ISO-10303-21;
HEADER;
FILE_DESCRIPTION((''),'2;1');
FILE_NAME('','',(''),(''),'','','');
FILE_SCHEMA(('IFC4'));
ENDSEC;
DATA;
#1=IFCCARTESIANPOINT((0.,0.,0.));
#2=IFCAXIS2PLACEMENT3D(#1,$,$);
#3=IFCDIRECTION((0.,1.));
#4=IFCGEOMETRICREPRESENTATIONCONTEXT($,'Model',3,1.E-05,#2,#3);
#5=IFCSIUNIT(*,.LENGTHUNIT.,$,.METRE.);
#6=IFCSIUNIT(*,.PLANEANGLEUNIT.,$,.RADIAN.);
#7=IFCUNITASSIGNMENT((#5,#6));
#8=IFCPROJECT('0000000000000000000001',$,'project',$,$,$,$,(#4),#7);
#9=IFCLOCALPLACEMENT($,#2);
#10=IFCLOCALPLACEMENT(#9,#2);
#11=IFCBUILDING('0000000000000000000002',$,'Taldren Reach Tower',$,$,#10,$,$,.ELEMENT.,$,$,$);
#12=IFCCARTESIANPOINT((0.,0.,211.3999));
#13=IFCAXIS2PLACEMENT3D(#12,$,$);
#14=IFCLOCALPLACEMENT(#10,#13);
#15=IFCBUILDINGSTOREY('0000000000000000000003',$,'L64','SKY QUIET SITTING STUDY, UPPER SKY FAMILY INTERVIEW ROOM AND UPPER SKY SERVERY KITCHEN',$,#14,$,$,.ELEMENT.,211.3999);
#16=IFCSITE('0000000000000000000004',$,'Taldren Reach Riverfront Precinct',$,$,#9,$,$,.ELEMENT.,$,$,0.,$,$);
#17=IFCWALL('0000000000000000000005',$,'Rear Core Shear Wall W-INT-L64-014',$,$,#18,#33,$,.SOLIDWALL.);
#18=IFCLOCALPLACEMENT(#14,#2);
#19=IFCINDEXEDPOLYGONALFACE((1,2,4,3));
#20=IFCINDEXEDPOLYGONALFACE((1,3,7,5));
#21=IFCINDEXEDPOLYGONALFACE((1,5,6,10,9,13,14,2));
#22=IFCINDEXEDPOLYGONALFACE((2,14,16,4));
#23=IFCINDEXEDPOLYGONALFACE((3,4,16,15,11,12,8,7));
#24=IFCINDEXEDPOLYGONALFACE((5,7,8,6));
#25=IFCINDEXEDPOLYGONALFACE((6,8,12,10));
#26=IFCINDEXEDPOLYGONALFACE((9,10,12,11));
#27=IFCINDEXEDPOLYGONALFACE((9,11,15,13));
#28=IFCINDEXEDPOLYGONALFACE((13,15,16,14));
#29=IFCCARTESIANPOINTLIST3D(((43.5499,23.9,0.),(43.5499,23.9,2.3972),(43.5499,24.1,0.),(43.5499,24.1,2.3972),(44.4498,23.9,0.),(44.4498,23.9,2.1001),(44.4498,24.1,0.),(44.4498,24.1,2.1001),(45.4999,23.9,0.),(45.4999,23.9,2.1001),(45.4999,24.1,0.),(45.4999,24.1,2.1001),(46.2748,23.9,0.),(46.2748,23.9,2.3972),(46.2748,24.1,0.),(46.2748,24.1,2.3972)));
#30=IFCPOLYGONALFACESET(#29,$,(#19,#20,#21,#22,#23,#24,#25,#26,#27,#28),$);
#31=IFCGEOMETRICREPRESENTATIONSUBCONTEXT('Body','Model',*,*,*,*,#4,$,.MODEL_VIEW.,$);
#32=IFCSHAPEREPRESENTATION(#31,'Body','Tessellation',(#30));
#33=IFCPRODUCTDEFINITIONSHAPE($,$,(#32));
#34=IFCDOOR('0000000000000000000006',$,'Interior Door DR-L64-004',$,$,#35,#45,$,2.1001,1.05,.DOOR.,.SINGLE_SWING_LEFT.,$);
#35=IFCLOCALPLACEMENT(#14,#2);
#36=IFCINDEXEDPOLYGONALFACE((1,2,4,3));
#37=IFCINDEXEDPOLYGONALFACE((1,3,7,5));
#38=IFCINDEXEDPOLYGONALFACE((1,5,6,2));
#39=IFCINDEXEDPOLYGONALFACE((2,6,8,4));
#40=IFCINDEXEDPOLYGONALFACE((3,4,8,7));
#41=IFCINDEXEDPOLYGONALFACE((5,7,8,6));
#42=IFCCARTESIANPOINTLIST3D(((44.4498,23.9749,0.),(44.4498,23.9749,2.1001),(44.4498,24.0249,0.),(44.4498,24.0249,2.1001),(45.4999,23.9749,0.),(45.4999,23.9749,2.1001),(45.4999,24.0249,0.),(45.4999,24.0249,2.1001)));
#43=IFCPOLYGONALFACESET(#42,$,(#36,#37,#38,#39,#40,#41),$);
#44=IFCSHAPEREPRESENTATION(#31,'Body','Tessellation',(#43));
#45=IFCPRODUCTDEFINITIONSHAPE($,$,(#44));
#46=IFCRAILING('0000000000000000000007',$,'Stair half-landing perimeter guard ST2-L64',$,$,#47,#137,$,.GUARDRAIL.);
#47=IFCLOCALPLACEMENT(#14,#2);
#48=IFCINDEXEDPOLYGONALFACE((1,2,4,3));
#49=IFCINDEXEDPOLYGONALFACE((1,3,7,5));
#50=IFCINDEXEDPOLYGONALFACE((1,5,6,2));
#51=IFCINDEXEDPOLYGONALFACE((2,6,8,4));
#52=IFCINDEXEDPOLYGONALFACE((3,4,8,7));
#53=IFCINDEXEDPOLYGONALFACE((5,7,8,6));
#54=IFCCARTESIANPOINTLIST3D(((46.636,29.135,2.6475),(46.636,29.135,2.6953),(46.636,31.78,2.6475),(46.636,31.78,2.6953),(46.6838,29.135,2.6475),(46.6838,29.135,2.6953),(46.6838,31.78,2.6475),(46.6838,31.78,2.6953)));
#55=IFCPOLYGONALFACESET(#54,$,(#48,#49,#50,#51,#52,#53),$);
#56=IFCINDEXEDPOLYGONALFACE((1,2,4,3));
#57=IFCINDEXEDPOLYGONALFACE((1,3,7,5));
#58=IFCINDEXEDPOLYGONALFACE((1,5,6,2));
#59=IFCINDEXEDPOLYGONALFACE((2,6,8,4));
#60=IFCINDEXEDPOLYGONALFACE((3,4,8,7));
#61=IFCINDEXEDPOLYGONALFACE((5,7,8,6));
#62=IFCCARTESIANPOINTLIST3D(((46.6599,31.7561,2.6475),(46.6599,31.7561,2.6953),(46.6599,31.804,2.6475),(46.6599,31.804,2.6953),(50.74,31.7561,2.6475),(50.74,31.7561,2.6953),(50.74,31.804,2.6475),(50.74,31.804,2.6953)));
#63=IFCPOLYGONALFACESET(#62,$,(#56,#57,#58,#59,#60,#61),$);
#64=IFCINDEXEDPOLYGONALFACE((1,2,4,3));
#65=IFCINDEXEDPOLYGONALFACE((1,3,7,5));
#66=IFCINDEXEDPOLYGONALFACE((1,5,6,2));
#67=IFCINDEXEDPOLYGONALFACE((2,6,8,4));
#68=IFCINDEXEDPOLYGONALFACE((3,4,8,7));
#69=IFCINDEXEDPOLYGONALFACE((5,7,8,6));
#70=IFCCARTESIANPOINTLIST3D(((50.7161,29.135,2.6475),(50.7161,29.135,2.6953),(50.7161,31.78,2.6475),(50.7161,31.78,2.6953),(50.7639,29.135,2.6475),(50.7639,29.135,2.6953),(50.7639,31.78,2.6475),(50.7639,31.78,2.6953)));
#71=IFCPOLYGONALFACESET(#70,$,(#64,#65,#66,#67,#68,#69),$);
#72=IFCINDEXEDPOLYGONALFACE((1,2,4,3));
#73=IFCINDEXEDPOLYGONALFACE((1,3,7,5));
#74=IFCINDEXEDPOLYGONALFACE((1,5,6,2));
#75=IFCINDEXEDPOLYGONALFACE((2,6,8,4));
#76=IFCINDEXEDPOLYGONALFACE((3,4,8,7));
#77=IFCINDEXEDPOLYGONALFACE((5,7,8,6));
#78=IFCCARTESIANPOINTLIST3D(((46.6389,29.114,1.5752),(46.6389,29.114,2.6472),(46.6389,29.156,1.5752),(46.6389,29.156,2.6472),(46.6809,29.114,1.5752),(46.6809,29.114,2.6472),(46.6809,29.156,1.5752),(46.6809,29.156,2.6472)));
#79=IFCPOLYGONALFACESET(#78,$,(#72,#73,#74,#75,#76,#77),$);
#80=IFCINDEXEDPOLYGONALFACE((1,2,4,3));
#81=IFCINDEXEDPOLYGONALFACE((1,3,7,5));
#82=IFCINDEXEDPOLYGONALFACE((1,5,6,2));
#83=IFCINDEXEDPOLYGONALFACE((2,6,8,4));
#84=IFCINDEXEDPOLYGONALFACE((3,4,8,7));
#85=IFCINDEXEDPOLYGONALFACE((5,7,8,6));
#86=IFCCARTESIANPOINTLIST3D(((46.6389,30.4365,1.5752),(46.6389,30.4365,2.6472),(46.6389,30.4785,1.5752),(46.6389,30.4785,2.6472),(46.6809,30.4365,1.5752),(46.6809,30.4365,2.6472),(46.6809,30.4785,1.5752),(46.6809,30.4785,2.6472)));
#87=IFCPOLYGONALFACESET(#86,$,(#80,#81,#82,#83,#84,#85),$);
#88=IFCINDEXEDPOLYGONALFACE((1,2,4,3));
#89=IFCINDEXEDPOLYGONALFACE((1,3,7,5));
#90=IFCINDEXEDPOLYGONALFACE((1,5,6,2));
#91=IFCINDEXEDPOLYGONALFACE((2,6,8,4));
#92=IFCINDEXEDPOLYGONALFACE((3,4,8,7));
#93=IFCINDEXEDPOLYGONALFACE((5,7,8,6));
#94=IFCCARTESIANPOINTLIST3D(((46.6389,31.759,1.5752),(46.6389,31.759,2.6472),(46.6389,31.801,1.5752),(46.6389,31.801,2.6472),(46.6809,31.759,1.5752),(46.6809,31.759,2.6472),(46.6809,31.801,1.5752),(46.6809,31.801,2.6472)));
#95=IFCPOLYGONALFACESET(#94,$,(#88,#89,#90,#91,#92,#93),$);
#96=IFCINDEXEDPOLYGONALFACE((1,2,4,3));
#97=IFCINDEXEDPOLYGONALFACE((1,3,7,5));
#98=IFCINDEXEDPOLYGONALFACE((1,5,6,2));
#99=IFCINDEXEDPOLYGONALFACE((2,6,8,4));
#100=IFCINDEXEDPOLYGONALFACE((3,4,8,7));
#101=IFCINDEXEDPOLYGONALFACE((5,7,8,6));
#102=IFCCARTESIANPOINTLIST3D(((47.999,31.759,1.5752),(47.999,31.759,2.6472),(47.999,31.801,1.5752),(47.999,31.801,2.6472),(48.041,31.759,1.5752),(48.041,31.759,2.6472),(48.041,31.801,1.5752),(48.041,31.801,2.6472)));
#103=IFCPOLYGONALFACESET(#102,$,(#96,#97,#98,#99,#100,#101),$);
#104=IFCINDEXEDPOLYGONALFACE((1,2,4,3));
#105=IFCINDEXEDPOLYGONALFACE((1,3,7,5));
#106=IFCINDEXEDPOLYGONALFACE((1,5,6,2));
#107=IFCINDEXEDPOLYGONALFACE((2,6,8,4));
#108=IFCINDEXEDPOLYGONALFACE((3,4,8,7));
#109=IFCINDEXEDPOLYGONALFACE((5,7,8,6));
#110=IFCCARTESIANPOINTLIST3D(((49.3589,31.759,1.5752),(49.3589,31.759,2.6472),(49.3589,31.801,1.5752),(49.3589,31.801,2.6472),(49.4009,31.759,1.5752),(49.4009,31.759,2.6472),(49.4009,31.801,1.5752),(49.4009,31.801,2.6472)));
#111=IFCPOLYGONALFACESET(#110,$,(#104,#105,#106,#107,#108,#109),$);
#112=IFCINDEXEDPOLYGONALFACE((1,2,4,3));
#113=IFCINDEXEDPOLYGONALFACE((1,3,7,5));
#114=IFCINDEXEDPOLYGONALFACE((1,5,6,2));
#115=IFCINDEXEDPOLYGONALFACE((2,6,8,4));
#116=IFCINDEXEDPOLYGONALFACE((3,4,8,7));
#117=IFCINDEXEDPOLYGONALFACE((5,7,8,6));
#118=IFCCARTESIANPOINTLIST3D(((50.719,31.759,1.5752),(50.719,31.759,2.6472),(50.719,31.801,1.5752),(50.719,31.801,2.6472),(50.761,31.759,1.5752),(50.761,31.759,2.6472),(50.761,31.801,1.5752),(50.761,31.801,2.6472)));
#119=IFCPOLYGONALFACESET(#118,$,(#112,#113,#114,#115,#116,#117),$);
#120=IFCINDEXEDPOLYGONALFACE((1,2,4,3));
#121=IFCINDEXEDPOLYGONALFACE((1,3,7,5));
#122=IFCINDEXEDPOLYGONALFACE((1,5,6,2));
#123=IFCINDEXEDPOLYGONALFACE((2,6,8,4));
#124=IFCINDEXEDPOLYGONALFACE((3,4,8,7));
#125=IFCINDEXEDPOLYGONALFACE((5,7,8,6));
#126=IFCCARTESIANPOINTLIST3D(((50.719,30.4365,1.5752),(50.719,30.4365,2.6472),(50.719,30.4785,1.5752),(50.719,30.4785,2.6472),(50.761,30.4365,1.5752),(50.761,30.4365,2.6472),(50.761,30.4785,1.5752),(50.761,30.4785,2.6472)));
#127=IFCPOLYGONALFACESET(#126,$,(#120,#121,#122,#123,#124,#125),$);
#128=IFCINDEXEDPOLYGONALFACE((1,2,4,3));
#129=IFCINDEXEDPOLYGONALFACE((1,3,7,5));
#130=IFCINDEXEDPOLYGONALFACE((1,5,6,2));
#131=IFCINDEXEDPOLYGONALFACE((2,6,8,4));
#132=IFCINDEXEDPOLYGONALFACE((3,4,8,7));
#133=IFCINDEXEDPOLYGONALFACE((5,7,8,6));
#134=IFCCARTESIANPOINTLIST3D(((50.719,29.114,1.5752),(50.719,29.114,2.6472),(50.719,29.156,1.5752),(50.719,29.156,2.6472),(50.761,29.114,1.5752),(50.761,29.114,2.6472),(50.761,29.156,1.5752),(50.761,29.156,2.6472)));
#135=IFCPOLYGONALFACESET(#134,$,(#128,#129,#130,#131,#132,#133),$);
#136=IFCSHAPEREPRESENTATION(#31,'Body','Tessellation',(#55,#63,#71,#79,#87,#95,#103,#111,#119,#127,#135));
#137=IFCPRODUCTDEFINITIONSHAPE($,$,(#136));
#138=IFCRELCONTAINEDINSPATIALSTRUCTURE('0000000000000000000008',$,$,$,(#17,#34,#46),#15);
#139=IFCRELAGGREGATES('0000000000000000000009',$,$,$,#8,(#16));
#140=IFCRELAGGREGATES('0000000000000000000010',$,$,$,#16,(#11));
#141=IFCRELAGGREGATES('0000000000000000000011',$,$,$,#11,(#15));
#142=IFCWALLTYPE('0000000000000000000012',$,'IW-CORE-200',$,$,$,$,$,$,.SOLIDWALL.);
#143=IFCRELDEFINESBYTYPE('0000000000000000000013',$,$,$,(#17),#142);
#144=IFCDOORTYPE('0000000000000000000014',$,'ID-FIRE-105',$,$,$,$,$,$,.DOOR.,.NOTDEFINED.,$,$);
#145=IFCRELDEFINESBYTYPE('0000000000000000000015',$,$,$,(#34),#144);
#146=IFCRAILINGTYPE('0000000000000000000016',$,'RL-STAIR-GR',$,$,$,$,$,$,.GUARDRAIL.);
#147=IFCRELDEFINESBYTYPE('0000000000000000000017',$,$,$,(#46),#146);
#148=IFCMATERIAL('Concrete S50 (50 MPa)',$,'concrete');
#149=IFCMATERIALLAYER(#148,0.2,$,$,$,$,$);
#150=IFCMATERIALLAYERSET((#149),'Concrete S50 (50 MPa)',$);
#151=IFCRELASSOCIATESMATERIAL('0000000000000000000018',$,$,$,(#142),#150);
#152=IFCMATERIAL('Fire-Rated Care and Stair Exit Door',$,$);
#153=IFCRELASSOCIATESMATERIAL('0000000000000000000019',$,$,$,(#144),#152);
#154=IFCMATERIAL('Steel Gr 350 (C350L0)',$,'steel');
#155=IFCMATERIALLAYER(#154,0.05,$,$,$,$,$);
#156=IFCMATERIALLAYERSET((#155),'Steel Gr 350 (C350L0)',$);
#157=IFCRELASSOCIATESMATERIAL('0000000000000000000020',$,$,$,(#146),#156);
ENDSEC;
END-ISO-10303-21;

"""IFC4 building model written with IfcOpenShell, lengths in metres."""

from ifc_helpers import new_model, si_unit, direction, frame, frame_2d, origin, origin_2d, place, context, subcontext, project, spatial, rectangle, extrude, source, transform, mapped, material, layer, layer_set, type_object, element, fill, save


model = new_model("IFC4")

# Units and contexts
model_context = context("Model", 3, precision=1e-05, world=origin(), true_north=direction((0.0, 1.0)))
body_context = subcontext(model_context, "Body", "Model", "MODEL_VIEW")
ifc_project = project(units=[si_unit("LENGTHUNIT", "METRE"), si_unit("PLANEANGLEUNIT", "RADIAN")], contexts=[model_context])

# Site, building, storey
site_placement = place(None, origin())
site = spatial("IfcSite", under=ifc_project, at=site_placement, Name="Taldren Reach Riverfront Precinct", CompositionType="ELEMENT", RefElevation=0.0)
building_placement = place(site_placement, origin())
building = spatial("IfcBuilding", under=site, at=building_placement, Name="Taldren Reach Tower", CompositionType="ELEMENT")
storey_placement = place(building_placement, frame((0.0, 0.0, 211.3999)))
storey = spatial("IfcBuildingStorey", under=building, at=storey_placement, Name="L64", Description="SKY QUIET SITTING STUDY, UPPER SKY FAMILY INTERVIEW ROOM AND UPPER SKY SERVERY KITCHEN", CompositionType="ELEMENT", Elevation=211.3999)

# Shared definitions
ifc_material_1 = material(Name="Steel Gr 350 (C350L0)", Category="steel")

# Shared definitions
ifc_material_2 = material(Name="Concrete S50 (50 MPa)", Category="concrete")
ifc_layer_1 = layer(ifc_material_2, 0.2)
ifc_layer_set_1 = layer_set([ifc_layer_1], Name="Concrete S50 (50 MPa)")
wall_type_1 = type_object("IfcWallType", Name="IW-CORE-200", PredefinedType="SOLIDWALL", material=ifc_layer_set_1)
shared_shape_1 = source(origin(), body_context, "Body", "SweptSolid", [
    extrude(rectangle(XDim=1.05, YDim=2.1001, at=frame_2d((0.5249, 1.05))), frame((0.0, 0.1099, 0.0), z_axis=(0.0, -1.0, 0.0), x_axis=(1.0, 0.0, 0.0)), (0.0, 0.0, 1.0), 0.22),
])
ifc_material_3 = material(Name="Fire-Rated Care and Stair Exit Door")
door_type_1 = type_object("IfcDoorType", Name="ID-FIRE-105", OperationType="NOTDEFINED", PredefinedType="DOOR", material=ifc_material_3)
shared_shape_2 = source(origin(), body_context, "Body", "SweptSolid", [
    extrude(rectangle(XDim=1.05, YDim=2.1001, at=frame_2d((0.5249, 1.05))), frame((0.0, 0.0249, 0.0), z_axis=(0.0, -1.0, 0.0), x_axis=(1.0, 0.0, 0.0)), (0.0, 0.0, 1.0), 0.05),
])

# Wall, opening, door
shared_shape_3 = source(origin(), body_context, "Body", "SweptSolid", [
    extrude(rectangle(XDim=2.7249, YDim=0.2, at=frame_2d((1.3623, 0.0))), origin(), (0.0, 0.0, 1.0), 2.3972),
])
wall_1_placement = place(storey_placement, frame((43.55, 24.0, 0.0), z_axis=(0.0, 0.0, 1.0), x_axis=(1.0, 0.0, 0.0)))
wall_1 = element("IfcWall", 1, at=wall_1_placement, inside=storey, type_object=wall_type_1, Name="Rear Core Shear Wall W-INT-L64-014", PredefinedType="SOLIDWALL", context=body_context, shape_type="MappedRepresentation", body=[
    mapped(shared_shape_3, transform((0.0, 0.0, 0.0), scale=1.0)),
])
opening_1_placement = place(wall_1_placement, frame((0.8999, 0.0, 0.0)))
opening_1 = element("IfcOpeningElement", 2, at=opening_1_placement, cuts=wall_1, PredefinedType="OPENING", context=body_context, shape_type="MappedRepresentation", body=[
    mapped(shared_shape_1, transform((0.0, 0.0, 0.0), scale=1.0)),
])
door_1_placement = place(opening_1_placement, origin())
door_1 = element("IfcDoor", 3, at=door_1_placement, inside=storey, type_object=door_type_1, Name="Interior Door DR-L64-004", OperationType="SINGLE_SWING_LEFT", OverallHeight=2.1001, OverallWidth=1.05, PredefinedType="DOOR", context=body_context, shape_type="MappedRepresentation", body=[
    mapped(shared_shape_2, transform((0.0, 0.0, 0.0), scale=1.0)),
])
fill(opening_1, door_1)

# Railing
ifc_layer_2 = layer(ifc_material_1, 0.05)
ifc_layer_set_2 = layer_set([ifc_layer_2], Name="Steel Gr 350 (C350L0)")
railing_type_1 = type_object("IfcRailingType", Name="RL-STAIR-GR", PredefinedType="GUARDRAIL", material=ifc_layer_set_2)
railing_1_placement = place(storey_placement, frame((46.6599, 29.135, 1.5752)))
element("IfcRailing", 4, at=railing_1_placement, inside=storey, type_object=railing_type_1, Name="Stair half-landing perimeter guard ST2-L64", PredefinedType="GUARDRAIL", context=body_context, shape_type="SweptSolid", body=[
    extrude(rectangle(XDim=0.0479, YDim=0.0479, at=origin_2d()), frame((0.0, 0.0, 1.0962), z_axis=(0.0, 1.0, 0.0), x_axis=(-1.0, 0.0, 0.0)), (0.0, 0.0, 1.0), 2.645),
    extrude(rectangle(XDim=0.0479, YDim=0.0479, at=origin_2d()), frame((0.0, 2.645, 1.0962), z_axis=(1.0, 0.0, 0.0), x_axis=(0.0, 1.0, 0.0)), (0.0, 0.0, 1.0), 4.0801),
    extrude(rectangle(XDim=0.0479, YDim=0.0479, at=origin_2d()), frame((4.0801, 2.645, 1.0962), z_axis=(0.0, -1.0, 0.0), x_axis=(1.0, 0.0, 0.0)), (0.0, 0.0, 1.0), 2.645),
    extrude(rectangle(XDim=0.042, YDim=0.042, at=origin_2d()), origin(), (0.0, 0.0, 1.0), 1.072),
    extrude(rectangle(XDim=0.042, YDim=0.042, at=origin_2d()), frame((0.0, 1.3225, 0.0)), (0.0, 0.0, 1.0), 1.072),
    extrude(rectangle(XDim=0.042, YDim=0.042, at=origin_2d()), frame((0.0, 2.645, 0.0)), (0.0, 0.0, 1.0), 1.072),
    extrude(rectangle(XDim=0.042, YDim=0.042, at=origin_2d()), frame((1.3601, 2.645, 0.0)), (0.0, 0.0, 1.0), 1.072),
    extrude(rectangle(XDim=0.042, YDim=0.042, at=origin_2d()), frame((2.72, 2.645, 0.0)), (0.0, 0.0, 1.0), 1.072),
    extrude(rectangle(XDim=0.042, YDim=0.042, at=origin_2d()), frame((4.0801, 2.645, 0.0)), (0.0, 0.0, 1.0), 1.072),
    extrude(rectangle(XDim=0.042, YDim=0.042, at=origin_2d()), frame((4.0801, 1.3225, 0.0)), (0.0, 0.0, 1.0), 1.072),
    extrude(rectangle(XDim=0.042, YDim=0.042, at=origin_2d()), frame((4.0801, 0.0, 0.0)), (0.0, 0.0, 1.0), 1.072),
])

save(model, "model.ifc")
